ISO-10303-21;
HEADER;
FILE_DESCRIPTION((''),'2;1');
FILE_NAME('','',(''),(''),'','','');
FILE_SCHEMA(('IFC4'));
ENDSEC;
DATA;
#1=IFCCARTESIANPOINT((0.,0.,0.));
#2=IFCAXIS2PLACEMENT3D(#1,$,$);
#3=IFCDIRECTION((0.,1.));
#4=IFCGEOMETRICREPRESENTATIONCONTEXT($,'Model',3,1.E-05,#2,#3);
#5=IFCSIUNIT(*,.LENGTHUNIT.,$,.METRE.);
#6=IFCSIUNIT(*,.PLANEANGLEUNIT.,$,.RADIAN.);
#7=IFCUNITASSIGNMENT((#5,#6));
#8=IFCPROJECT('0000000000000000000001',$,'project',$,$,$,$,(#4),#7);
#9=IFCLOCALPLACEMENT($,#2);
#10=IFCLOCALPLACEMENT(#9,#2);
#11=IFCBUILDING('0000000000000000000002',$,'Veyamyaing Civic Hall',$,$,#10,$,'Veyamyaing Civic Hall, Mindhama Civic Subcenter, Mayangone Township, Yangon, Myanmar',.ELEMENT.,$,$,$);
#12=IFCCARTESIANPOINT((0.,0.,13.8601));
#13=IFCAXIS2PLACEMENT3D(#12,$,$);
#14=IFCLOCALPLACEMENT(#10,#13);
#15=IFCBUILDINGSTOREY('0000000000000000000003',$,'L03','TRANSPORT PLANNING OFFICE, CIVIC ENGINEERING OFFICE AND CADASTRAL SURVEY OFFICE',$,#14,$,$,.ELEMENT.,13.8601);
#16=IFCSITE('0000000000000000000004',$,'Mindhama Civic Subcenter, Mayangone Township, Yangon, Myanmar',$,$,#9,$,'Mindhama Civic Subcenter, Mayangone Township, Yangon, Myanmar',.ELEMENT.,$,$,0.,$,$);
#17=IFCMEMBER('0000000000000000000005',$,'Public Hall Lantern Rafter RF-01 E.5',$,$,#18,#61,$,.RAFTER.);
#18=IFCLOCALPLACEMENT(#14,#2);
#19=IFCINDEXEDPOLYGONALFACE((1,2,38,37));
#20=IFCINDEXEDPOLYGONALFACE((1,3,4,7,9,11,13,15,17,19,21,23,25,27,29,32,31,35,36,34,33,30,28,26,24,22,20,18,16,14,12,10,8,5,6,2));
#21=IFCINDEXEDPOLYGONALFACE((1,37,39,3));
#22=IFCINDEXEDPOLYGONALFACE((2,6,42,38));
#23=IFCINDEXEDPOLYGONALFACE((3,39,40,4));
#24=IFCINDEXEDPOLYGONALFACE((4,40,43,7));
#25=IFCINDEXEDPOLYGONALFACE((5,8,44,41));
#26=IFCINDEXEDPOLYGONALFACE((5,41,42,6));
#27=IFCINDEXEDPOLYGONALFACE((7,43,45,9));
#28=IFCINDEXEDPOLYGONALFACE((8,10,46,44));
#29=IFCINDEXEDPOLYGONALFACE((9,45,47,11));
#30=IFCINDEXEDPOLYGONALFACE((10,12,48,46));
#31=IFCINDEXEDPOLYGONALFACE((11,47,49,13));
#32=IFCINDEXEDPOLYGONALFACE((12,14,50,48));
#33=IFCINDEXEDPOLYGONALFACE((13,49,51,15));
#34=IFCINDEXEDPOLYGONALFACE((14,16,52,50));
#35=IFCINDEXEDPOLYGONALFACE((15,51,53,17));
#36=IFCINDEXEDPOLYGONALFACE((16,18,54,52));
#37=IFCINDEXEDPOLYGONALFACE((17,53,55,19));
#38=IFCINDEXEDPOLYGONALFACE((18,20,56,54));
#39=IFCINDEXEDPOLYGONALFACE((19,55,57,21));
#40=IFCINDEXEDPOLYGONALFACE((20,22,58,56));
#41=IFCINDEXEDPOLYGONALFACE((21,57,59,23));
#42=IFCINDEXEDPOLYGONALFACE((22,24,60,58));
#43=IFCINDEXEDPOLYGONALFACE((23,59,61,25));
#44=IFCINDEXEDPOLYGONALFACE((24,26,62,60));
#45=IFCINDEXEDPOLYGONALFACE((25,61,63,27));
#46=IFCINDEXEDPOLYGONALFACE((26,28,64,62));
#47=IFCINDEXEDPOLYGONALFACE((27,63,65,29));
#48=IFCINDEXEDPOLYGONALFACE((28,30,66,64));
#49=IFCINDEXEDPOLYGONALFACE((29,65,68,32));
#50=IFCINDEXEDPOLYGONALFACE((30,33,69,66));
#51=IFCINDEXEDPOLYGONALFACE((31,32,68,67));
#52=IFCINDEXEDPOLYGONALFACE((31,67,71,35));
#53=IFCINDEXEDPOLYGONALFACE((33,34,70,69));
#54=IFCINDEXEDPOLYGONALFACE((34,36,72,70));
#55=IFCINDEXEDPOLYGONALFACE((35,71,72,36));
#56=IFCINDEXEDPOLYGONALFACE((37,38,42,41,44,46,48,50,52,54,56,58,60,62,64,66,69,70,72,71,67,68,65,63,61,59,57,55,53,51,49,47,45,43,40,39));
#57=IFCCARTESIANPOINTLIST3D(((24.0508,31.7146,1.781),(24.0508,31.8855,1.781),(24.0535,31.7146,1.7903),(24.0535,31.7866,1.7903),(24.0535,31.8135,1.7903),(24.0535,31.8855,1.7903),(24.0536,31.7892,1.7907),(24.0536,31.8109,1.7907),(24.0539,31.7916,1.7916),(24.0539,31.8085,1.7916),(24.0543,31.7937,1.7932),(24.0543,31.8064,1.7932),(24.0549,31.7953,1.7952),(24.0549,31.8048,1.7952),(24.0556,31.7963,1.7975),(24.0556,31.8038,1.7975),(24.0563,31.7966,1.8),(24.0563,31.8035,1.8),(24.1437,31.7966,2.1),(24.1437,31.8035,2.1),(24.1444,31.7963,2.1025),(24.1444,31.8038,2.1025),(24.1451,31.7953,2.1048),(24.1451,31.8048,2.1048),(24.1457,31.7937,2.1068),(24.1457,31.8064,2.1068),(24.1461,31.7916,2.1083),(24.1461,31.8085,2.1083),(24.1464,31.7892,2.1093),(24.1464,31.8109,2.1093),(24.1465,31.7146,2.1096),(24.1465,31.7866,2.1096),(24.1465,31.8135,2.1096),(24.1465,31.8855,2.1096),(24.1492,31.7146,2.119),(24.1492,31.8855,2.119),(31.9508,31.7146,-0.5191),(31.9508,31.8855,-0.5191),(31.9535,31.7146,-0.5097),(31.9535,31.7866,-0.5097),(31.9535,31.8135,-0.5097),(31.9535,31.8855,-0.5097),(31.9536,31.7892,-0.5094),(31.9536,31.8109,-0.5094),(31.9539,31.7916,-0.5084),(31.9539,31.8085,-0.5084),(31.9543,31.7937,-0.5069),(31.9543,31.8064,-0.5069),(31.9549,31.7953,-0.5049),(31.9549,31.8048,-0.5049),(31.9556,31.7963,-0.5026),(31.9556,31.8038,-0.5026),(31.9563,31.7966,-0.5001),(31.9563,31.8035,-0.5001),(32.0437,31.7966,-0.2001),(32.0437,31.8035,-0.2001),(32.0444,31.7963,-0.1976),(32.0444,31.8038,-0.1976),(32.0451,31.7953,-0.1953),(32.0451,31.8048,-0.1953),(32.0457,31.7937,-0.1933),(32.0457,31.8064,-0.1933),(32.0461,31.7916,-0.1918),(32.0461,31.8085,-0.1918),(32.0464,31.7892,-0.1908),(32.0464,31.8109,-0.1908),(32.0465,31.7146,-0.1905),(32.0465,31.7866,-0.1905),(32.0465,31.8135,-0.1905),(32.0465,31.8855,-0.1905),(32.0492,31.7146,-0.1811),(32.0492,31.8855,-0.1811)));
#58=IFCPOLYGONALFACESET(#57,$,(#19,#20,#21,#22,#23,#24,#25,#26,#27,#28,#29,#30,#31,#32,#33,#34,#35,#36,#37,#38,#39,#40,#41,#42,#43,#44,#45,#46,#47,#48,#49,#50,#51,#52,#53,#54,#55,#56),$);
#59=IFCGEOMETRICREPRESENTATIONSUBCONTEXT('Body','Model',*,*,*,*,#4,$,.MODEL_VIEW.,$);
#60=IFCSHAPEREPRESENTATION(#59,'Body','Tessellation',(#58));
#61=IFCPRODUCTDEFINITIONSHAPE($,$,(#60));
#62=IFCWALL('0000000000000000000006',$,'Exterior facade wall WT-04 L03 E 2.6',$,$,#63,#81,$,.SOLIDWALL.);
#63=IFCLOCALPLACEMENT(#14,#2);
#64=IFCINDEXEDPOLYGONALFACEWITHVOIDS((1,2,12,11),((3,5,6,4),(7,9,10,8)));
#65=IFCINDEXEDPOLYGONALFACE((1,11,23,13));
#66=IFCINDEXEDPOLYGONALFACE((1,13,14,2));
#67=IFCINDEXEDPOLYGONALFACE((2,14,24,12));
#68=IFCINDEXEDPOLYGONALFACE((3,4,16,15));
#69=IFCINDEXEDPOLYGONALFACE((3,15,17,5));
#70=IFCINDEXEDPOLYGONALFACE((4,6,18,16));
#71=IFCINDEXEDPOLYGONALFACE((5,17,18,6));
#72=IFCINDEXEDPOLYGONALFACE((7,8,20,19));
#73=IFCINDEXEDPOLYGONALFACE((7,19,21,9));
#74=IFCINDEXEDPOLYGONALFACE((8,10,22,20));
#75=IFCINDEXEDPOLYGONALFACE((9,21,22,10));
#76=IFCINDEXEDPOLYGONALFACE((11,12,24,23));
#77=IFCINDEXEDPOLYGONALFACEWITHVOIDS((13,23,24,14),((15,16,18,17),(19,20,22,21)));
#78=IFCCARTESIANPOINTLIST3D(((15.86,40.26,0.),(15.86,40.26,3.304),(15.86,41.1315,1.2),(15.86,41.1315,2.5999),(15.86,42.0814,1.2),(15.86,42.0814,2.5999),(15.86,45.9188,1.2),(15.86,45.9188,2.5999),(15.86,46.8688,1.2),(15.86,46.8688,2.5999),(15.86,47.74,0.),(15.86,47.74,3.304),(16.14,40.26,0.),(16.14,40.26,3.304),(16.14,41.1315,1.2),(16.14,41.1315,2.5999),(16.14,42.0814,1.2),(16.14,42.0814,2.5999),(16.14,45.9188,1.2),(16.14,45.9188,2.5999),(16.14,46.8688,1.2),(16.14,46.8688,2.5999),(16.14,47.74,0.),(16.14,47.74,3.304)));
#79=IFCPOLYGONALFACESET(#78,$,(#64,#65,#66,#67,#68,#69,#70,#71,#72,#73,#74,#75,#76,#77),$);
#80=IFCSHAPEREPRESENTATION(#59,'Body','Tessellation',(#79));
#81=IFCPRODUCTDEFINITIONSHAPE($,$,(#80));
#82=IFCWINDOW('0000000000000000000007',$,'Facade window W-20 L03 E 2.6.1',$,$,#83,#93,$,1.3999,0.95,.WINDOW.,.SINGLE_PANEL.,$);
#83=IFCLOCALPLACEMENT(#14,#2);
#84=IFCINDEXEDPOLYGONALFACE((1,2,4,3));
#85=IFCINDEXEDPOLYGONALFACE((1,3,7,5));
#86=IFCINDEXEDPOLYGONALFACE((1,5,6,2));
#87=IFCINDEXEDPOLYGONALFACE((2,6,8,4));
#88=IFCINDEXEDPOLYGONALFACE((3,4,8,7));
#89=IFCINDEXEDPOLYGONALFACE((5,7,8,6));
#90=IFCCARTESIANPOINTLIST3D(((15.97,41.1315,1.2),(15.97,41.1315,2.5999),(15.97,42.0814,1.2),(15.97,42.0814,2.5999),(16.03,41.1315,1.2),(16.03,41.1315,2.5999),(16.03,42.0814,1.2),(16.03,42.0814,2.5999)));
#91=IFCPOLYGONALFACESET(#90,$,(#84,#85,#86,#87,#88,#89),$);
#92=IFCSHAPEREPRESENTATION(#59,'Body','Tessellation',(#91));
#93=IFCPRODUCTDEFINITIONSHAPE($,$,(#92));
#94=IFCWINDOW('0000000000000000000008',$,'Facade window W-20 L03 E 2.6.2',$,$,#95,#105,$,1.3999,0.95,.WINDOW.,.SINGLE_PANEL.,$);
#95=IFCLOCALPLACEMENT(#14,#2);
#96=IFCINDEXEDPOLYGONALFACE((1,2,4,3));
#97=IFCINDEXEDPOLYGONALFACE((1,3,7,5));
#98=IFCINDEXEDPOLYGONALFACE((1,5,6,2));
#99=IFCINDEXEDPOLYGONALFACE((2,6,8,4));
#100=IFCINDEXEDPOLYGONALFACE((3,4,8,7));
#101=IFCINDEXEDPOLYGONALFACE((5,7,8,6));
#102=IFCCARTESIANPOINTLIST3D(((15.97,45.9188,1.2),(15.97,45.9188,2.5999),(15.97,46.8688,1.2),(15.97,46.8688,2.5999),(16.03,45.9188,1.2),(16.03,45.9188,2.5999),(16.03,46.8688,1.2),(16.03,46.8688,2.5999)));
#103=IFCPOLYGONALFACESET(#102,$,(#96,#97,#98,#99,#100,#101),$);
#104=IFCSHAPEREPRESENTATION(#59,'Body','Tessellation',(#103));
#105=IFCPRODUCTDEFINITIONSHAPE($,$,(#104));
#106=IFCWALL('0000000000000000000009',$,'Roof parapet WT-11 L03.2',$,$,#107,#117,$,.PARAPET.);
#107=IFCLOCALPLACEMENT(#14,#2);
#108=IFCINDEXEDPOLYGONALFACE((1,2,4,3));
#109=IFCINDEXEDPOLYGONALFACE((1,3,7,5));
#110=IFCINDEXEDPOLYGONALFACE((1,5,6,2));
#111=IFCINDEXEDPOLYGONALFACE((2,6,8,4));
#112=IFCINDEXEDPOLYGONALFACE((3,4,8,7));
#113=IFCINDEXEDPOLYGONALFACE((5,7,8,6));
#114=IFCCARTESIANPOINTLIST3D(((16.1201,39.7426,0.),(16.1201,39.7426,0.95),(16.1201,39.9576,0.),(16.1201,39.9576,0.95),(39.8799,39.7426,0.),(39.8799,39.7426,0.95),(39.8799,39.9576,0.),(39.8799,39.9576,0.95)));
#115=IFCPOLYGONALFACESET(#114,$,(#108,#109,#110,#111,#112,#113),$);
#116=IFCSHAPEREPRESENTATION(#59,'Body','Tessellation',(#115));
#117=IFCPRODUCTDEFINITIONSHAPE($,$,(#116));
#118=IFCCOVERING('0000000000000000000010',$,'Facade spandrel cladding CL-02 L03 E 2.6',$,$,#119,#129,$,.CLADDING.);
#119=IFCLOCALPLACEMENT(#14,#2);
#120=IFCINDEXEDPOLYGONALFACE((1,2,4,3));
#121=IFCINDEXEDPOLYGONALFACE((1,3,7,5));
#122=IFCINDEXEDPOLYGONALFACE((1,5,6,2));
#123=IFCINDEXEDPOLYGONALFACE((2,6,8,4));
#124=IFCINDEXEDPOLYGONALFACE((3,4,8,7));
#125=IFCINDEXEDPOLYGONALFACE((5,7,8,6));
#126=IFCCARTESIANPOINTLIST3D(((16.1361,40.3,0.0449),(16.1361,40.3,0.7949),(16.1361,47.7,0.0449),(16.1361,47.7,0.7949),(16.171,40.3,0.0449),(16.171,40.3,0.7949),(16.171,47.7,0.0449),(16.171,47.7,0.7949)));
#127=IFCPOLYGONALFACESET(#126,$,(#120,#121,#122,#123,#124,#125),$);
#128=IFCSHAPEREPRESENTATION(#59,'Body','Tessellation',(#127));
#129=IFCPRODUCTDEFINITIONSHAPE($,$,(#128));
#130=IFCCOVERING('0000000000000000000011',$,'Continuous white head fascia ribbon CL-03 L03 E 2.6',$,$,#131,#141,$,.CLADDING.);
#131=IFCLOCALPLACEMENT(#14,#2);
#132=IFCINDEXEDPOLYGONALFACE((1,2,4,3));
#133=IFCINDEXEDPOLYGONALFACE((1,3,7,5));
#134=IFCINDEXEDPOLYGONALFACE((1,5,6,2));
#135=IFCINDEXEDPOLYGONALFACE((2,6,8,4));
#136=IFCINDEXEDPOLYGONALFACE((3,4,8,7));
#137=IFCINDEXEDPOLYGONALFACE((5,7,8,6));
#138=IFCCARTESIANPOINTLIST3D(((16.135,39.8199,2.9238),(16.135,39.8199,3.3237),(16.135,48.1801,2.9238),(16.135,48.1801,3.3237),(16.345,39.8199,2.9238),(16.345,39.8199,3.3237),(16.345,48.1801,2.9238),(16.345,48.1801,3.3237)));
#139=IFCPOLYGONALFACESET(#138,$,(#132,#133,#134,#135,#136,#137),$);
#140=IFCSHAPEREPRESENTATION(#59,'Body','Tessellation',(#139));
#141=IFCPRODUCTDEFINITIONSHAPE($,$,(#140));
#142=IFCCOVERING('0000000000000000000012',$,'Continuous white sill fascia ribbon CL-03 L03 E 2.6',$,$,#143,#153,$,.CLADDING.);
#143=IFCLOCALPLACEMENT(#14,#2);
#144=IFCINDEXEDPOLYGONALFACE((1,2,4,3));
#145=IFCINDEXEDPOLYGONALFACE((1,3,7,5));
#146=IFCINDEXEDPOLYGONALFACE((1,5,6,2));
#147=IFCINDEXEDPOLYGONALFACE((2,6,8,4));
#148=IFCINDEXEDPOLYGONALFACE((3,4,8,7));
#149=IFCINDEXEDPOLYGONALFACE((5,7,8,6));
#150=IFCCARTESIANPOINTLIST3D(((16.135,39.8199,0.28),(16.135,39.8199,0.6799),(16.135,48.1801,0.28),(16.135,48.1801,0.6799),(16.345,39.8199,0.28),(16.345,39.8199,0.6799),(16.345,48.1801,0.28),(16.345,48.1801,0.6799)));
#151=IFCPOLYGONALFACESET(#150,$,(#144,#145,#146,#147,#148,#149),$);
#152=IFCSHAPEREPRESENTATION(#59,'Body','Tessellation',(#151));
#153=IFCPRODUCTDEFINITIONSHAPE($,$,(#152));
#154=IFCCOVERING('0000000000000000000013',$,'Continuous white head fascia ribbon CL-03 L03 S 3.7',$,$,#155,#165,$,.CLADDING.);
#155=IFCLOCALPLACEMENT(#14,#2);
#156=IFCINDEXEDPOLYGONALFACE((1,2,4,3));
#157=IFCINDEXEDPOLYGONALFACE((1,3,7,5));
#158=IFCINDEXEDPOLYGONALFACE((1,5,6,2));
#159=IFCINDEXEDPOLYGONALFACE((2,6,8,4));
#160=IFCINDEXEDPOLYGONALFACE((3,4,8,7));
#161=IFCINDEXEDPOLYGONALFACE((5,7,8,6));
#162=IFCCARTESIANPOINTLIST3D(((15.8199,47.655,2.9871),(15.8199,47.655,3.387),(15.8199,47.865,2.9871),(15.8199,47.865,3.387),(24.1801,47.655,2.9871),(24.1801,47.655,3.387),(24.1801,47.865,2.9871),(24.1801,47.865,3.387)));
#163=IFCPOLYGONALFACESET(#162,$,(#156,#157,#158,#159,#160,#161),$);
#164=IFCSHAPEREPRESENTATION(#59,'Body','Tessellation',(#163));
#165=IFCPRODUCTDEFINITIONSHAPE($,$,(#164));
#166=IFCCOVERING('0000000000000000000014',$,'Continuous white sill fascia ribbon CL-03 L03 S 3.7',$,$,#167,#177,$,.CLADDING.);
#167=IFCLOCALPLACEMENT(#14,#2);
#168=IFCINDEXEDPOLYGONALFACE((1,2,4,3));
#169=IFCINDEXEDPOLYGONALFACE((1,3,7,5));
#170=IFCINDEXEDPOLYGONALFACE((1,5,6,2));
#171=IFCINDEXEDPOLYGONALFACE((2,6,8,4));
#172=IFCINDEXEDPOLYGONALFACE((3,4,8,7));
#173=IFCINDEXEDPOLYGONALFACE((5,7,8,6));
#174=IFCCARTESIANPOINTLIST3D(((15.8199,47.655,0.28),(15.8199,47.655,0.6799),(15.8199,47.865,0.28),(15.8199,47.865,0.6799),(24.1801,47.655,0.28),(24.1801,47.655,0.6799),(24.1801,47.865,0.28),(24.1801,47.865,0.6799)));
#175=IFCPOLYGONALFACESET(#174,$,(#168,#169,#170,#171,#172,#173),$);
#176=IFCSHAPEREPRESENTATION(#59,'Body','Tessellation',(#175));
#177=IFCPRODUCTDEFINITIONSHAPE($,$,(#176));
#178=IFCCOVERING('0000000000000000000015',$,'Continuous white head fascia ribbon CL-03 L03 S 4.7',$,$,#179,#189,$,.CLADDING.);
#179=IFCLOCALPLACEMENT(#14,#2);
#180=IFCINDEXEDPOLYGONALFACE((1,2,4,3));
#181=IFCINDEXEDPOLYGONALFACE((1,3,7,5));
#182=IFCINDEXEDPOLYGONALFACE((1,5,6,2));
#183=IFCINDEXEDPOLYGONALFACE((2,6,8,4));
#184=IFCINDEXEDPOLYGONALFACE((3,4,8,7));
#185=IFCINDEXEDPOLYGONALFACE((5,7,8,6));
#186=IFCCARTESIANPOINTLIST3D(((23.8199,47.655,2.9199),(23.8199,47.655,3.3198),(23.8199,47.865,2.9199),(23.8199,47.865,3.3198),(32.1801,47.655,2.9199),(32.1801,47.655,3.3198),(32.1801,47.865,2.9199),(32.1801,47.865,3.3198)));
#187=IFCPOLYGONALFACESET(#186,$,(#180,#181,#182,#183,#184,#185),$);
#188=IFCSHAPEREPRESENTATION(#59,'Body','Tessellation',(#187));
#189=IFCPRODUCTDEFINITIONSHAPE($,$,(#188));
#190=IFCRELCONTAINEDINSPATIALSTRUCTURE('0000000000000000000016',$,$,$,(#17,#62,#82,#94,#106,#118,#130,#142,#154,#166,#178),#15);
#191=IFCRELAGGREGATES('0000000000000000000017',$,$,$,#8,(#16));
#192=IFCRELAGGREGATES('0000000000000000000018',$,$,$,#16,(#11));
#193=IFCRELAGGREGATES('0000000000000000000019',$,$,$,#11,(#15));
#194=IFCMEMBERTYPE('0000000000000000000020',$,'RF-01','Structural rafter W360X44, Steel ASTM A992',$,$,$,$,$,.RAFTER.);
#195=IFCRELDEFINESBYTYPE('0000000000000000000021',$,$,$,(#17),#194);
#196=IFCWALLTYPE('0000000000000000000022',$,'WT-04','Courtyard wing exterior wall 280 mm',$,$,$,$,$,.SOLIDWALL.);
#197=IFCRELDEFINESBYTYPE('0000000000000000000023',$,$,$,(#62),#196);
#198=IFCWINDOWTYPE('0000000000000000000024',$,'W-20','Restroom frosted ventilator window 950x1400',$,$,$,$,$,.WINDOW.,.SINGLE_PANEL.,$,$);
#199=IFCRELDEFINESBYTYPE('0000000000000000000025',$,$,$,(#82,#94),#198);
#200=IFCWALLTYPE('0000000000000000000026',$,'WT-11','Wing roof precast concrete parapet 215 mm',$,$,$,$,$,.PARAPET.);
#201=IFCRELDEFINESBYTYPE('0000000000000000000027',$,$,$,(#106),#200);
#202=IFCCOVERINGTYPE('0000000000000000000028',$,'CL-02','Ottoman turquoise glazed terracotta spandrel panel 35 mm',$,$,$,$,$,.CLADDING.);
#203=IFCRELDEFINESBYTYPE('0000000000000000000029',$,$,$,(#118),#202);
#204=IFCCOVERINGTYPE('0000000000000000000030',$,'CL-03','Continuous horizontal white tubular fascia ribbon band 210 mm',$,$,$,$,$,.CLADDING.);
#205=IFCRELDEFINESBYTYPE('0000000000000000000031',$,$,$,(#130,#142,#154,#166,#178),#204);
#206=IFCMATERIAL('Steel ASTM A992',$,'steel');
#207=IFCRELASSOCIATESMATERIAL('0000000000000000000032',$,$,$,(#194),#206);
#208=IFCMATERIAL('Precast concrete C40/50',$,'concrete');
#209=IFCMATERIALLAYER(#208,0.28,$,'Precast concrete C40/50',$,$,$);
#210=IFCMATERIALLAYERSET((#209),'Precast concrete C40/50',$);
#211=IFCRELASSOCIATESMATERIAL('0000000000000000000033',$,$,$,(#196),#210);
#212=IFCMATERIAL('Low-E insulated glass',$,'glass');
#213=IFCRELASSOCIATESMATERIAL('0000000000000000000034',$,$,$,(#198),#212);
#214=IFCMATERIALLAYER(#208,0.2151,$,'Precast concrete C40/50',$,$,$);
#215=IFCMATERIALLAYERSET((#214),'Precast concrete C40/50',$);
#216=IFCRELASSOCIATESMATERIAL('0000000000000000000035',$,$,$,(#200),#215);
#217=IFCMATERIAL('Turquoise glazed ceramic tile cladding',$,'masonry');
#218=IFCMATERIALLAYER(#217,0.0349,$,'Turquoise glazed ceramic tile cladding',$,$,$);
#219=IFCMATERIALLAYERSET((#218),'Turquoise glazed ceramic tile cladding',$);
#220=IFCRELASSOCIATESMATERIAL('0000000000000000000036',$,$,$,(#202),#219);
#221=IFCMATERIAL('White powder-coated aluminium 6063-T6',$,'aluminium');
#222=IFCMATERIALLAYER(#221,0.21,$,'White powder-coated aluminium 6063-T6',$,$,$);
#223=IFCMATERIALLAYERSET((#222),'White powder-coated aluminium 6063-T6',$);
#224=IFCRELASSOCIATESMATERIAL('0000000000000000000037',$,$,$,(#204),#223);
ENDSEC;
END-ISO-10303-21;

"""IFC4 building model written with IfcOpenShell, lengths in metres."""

from ifc_helpers import new_model, si_unit, direction, frame, frame_2d, origin, origin_2d, place, context, subcontext, project, spatial, rectangle, i_section, extrude, material, layer, layer_set, material_profile, profile_set, type_object, element, fill, save


model = new_model("IFC4")

# Units and contexts
model_context = context("Model", 3, precision=1e-05, world=origin(), true_north=direction((0.0, 1.0)))
body_context = subcontext(model_context, "Body", "Model", "MODEL_VIEW")
ifc_project = project(units=[si_unit("LENGTHUNIT", "METRE"), si_unit("PLANEANGLEUNIT", "RADIAN")], contexts=[model_context])

# Site, building, storey
site_placement = place(None, origin())
site = spatial("IfcSite", under=ifc_project, at=site_placement, Name="Mindhama Civic Subcenter, Mayangone Township, Yangon, Myanmar", LongName="Mindhama Civic Subcenter, Mayangone Township, Yangon, Myanmar", CompositionType="ELEMENT", RefElevation=0.0)
building_placement = place(site_placement, origin())
building = spatial("IfcBuilding", under=site, at=building_placement, Name="Veyamyaing Civic Hall", LongName="Veyamyaing Civic Hall, Mindhama Civic Subcenter, Mayangone Township, Yangon, Myanmar", CompositionType="ELEMENT")
storey_placement = place(building_placement, frame((0.0, 0.0, 13.8601)))
storey = spatial("IfcBuildingStorey", under=building, at=storey_placement, Name="L03", Description="TRANSPORT PLANNING OFFICE, CIVIC ENGINEERING OFFICE AND CADASTRAL SURVEY OFFICE", CompositionType="ELEMENT", Elevation=13.8601)

# Shared definitions
ifc_material_1 = material(Name="Steel ASTM A992", Category="steel")

# Member
ifc_material_profile_1 = material_profile(ifc_material_1, i_section(OverallWidth=0.1709, OverallDepth=0.3521, WebThickness=0.0068, FlangeThickness=0.0098, FilletRadius=0.01, at=origin_2d()), Name="W360X44")
ifc_profile_set_1 = profile_set([ifc_material_profile_1], Name="Steel ASTM A992")
member_type = type_object("IfcMemberType", Name="RF-01", Description="Structural rafter W360X44, Steel ASTM A992", PredefinedType="RAFTER", material=ifc_profile_set_1)
for number, where, z_axis, x_axis, name in (
    (1, (32.0, 31.8, -0.3501), (-0.960133, 0.0, 0.279542), (0.0, -1.0, 0.0), "Public Hall Lantern Rafter RF-01 E.5"),
):
    element("IfcMember", number, at=place(storey_placement, frame(where, z_axis=z_axis, x_axis=x_axis)), inside=storey, type_object=member_type, Name=name, PredefinedType="RAFTER", context=body_context, shape_type="SweptSolid", body=[
        extrude(i_section(OverallWidth=0.1709, OverallDepth=0.3521, WebThickness=0.0068, FlangeThickness=0.0098, FilletRadius=0.01, at=origin_2d()), origin(), (0.0, 0.0, 1.0), 8.228),
    ])

# Wall, openings, windows
ifc_material_2 = material(Name="Precast concrete C40/50", Category="concrete")
ifc_layer_1 = layer(ifc_material_2, 0.28, Name="Precast concrete C40/50")
ifc_layer_set_1 = layer_set([ifc_layer_1], Name="Precast concrete C40/50")
wall_type_1 = type_object("IfcWallType", Name="WT-04", Description="Courtyard wing exterior wall 280 mm", PredefinedType="SOLIDWALL", material=ifc_layer_set_1)
wall_1_placement = place(storey_placement, frame((16.0, 40.26, 0.0), z_axis=(0.0, 0.0, 1.0), x_axis=(0.0, 1.0, 0.0)))
wall_1 = element("IfcWall", 2, at=wall_1_placement, inside=storey, type_object=wall_type_1, Name="Exterior facade wall WT-04 L03 E 2.6", PredefinedType="SOLIDWALL", context=body_context, shape_type="SweptSolid", body=[
    extrude(rectangle(XDim=7.48, YDim=0.28, at=frame_2d((3.74, 0.0))), origin(), (0.0, 0.0, 1.0), 3.304),
])
opening_1_placement = place(wall_1_placement, frame((0.8713, 0.0, 1.2)))
opening_1 = element("IfcOpeningElement", 3, at=opening_1_placement, cuts=wall_1, PredefinedType="OPENING", context=body_context, shape_type="SweptSolid", body=[
    extrude(rectangle(XDim=0.95, YDim=1.3999, at=frame_2d((0.4751, 0.7))), frame((0.0, 0.1499, 0.0), z_axis=(0.0, -1.0, 0.0), x_axis=(1.0, 0.0, 0.0)), (0.0, 0.0, 1.0), 0.3),
])
opening_2_placement = place(wall_1_placement, frame((5.6587, 0.0, 1.2)))
opening_2 = element("IfcOpeningElement", 4, at=opening_2_placement, cuts=wall_1, PredefinedType="OPENING", context=body_context, shape_type="SweptSolid", body=[
    extrude(rectangle(XDim=0.95, YDim=1.3999, at=frame_2d((0.4751, 0.7))), frame((0.0, 0.1499, 0.0), z_axis=(0.0, -1.0, 0.0), x_axis=(1.0, 0.0, 0.0)), (0.0, 0.0, 1.0), 0.3),
])
ifc_material_3 = material(Name="Low-E insulated glass", Category="glass")
window_type = type_object("IfcWindowType", Name="W-20", Description="Restroom frosted ventilator window 950x1400", PartitioningType="SINGLE_PANEL", PredefinedType="WINDOW", material=ifc_material_3)
window_1_placement = place(opening_1_placement, origin())
window_1 = element("IfcWindow", 5, at=window_1_placement, inside=storey, type_object=window_type, Name="Facade window W-20 L03 E 2.6.1", OverallHeight=1.3999, OverallWidth=0.95, PartitioningType="SINGLE_PANEL", PredefinedType="WINDOW", context=body_context, shape_type="SweptSolid", body=[
    extrude(rectangle(XDim=0.95, YDim=1.3999, at=frame_2d((0.4751, 0.7))), frame((0.0, 0.03, 0.0), z_axis=(0.0, -1.0, 0.0), x_axis=(1.0, 0.0, 0.0)), (0.0, 0.0, 1.0), 0.0601),
])
fill(opening_1, window_1)
window_2_placement = place(opening_2_placement, origin())
window_2 = element("IfcWindow", 6, at=window_2_placement, inside=storey, type_object=window_type, Name="Facade window W-20 L03 E 2.6.2", OverallHeight=1.3999, OverallWidth=0.95, PartitioningType="SINGLE_PANEL", PredefinedType="WINDOW", context=body_context, shape_type="SweptSolid", body=[
    extrude(rectangle(XDim=0.95, YDim=1.3999, at=frame_2d((0.4751, 0.7))), frame((0.0, 0.03, 0.0), z_axis=(0.0, -1.0, 0.0), x_axis=(1.0, 0.0, 0.0)), (0.0, 0.0, 1.0), 0.0601),
])
fill(opening_2, window_2)

# Wall
ifc_layer_2 = layer(ifc_material_2, 0.2151, Name="Precast concrete C40/50")
ifc_layer_set_2 = layer_set([ifc_layer_2], Name="Precast concrete C40/50")
wall_type_2 = type_object("IfcWallType", Name="WT-11", Description="Wing roof precast concrete parapet 215 mm", PredefinedType="PARAPET", material=ifc_layer_set_2)
wall_2_placement = place(storey_placement, frame((16.1201, 39.8501, 0.0), z_axis=(0.0, 0.0, 1.0), x_axis=(1.0, 0.0, 0.0)))
element("IfcWall", 7, at=wall_2_placement, inside=storey, type_object=wall_type_2, Name="Roof parapet WT-11 L03.2", PredefinedType="PARAPET", context=body_context, shape_type="SweptSolid", body=[
    extrude(rectangle(XDim=23.7598, YDim=0.2151, at=frame_2d((11.8799, 0.0))), origin(), (0.0, 0.0, 1.0), 0.95),
])

# Coverings
ifc_material_4 = material(Name="Turquoise glazed ceramic tile cladding", Category="masonry")
ifc_layer_3 = layer(ifc_material_4, 0.0349, Name="Turquoise glazed ceramic tile cladding")
ifc_layer_set_3 = layer_set([ifc_layer_3], Name="Turquoise glazed ceramic tile cladding")
covering_type_1 = type_object("IfcCoveringType", Name="CL-02", Description="Ottoman turquoise glazed terracotta spandrel panel 35 mm", PredefinedType="CLADDING", material=ifc_layer_set_3)
covering_placement = place(storey_placement, frame((16.1536, 44.0, 0.0449), z_axis=(0.0, 0.0, 1.0), x_axis=(0.0, 1.0, 0.0)))
element("IfcCovering", 8, at=covering_placement, inside=storey, type_object=covering_type_1, Name="Facade spandrel cladding CL-02 L03 E 2.6", PredefinedType="CLADDING", context=body_context, shape_type="SweptSolid", body=[
    extrude(rectangle(XDim=7.3999, YDim=0.0349, at=origin_2d()), origin(), (0.0, 0.0, 1.0), 0.75),
])
ifc_material_5 = material(Name="White powder-coated aluminium 6063-T6", Category="aluminium")
ifc_layer_4 = layer(ifc_material_5, 0.21, Name="White powder-coated aluminium 6063-T6")
ifc_layer_set_4 = layer_set([ifc_layer_4], Name="White powder-coated aluminium 6063-T6")
covering_type_2 = type_object("IfcCoveringType", Name="CL-03", Description="Continuous horizontal white tubular fascia ribbon band 210 mm", PredefinedType="CLADDING", material=ifc_layer_set_4)
for number, where, z_axis, x_axis, name in (
    (9, (16.24, 44.0, 2.9238), (0.0, 0.0, 1.0), (0.0, 1.0, 0.0), "Continuous white head fascia ribbon CL-03 L03 E 2.6"),
    (10, (16.24, 44.0, 0.28), (0.0, 0.0, 1.0), (0.0, 1.0, 0.0), "Continuous white sill fascia ribbon CL-03 L03 E 2.6"),
    (11, (20.0, 47.76, 2.9871), (0.0, 0.0, 1.0), (1.0, 0.0, 0.0), "Continuous white head fascia ribbon CL-03 L03 S 3.7"),
    (12, (20.0, 47.76, 0.28), (0.0, 0.0, 1.0), (1.0, 0.0, 0.0), "Continuous white sill fascia ribbon CL-03 L03 S 3.7"),
    (13, (28.0, 47.76, 2.9199), (0.0, 0.0, 1.0), (1.0, 0.0, 0.0), "Continuous white head fascia ribbon CL-03 L03 S 4.7"),
):
    element("IfcCovering", number, at=place(storey_placement, frame(where, z_axis=z_axis, x_axis=x_axis)), inside=storey, type_object=covering_type_2, Name=name, PredefinedType="CLADDING", context=body_context, shape_type="SweptSolid", body=[
        extrude(rectangle(XDim=8.3601, YDim=0.21, at=origin_2d()), origin(), (0.0, 0.0, 1.0), 0.3999),
    ])

save(model, "model.ifc")
